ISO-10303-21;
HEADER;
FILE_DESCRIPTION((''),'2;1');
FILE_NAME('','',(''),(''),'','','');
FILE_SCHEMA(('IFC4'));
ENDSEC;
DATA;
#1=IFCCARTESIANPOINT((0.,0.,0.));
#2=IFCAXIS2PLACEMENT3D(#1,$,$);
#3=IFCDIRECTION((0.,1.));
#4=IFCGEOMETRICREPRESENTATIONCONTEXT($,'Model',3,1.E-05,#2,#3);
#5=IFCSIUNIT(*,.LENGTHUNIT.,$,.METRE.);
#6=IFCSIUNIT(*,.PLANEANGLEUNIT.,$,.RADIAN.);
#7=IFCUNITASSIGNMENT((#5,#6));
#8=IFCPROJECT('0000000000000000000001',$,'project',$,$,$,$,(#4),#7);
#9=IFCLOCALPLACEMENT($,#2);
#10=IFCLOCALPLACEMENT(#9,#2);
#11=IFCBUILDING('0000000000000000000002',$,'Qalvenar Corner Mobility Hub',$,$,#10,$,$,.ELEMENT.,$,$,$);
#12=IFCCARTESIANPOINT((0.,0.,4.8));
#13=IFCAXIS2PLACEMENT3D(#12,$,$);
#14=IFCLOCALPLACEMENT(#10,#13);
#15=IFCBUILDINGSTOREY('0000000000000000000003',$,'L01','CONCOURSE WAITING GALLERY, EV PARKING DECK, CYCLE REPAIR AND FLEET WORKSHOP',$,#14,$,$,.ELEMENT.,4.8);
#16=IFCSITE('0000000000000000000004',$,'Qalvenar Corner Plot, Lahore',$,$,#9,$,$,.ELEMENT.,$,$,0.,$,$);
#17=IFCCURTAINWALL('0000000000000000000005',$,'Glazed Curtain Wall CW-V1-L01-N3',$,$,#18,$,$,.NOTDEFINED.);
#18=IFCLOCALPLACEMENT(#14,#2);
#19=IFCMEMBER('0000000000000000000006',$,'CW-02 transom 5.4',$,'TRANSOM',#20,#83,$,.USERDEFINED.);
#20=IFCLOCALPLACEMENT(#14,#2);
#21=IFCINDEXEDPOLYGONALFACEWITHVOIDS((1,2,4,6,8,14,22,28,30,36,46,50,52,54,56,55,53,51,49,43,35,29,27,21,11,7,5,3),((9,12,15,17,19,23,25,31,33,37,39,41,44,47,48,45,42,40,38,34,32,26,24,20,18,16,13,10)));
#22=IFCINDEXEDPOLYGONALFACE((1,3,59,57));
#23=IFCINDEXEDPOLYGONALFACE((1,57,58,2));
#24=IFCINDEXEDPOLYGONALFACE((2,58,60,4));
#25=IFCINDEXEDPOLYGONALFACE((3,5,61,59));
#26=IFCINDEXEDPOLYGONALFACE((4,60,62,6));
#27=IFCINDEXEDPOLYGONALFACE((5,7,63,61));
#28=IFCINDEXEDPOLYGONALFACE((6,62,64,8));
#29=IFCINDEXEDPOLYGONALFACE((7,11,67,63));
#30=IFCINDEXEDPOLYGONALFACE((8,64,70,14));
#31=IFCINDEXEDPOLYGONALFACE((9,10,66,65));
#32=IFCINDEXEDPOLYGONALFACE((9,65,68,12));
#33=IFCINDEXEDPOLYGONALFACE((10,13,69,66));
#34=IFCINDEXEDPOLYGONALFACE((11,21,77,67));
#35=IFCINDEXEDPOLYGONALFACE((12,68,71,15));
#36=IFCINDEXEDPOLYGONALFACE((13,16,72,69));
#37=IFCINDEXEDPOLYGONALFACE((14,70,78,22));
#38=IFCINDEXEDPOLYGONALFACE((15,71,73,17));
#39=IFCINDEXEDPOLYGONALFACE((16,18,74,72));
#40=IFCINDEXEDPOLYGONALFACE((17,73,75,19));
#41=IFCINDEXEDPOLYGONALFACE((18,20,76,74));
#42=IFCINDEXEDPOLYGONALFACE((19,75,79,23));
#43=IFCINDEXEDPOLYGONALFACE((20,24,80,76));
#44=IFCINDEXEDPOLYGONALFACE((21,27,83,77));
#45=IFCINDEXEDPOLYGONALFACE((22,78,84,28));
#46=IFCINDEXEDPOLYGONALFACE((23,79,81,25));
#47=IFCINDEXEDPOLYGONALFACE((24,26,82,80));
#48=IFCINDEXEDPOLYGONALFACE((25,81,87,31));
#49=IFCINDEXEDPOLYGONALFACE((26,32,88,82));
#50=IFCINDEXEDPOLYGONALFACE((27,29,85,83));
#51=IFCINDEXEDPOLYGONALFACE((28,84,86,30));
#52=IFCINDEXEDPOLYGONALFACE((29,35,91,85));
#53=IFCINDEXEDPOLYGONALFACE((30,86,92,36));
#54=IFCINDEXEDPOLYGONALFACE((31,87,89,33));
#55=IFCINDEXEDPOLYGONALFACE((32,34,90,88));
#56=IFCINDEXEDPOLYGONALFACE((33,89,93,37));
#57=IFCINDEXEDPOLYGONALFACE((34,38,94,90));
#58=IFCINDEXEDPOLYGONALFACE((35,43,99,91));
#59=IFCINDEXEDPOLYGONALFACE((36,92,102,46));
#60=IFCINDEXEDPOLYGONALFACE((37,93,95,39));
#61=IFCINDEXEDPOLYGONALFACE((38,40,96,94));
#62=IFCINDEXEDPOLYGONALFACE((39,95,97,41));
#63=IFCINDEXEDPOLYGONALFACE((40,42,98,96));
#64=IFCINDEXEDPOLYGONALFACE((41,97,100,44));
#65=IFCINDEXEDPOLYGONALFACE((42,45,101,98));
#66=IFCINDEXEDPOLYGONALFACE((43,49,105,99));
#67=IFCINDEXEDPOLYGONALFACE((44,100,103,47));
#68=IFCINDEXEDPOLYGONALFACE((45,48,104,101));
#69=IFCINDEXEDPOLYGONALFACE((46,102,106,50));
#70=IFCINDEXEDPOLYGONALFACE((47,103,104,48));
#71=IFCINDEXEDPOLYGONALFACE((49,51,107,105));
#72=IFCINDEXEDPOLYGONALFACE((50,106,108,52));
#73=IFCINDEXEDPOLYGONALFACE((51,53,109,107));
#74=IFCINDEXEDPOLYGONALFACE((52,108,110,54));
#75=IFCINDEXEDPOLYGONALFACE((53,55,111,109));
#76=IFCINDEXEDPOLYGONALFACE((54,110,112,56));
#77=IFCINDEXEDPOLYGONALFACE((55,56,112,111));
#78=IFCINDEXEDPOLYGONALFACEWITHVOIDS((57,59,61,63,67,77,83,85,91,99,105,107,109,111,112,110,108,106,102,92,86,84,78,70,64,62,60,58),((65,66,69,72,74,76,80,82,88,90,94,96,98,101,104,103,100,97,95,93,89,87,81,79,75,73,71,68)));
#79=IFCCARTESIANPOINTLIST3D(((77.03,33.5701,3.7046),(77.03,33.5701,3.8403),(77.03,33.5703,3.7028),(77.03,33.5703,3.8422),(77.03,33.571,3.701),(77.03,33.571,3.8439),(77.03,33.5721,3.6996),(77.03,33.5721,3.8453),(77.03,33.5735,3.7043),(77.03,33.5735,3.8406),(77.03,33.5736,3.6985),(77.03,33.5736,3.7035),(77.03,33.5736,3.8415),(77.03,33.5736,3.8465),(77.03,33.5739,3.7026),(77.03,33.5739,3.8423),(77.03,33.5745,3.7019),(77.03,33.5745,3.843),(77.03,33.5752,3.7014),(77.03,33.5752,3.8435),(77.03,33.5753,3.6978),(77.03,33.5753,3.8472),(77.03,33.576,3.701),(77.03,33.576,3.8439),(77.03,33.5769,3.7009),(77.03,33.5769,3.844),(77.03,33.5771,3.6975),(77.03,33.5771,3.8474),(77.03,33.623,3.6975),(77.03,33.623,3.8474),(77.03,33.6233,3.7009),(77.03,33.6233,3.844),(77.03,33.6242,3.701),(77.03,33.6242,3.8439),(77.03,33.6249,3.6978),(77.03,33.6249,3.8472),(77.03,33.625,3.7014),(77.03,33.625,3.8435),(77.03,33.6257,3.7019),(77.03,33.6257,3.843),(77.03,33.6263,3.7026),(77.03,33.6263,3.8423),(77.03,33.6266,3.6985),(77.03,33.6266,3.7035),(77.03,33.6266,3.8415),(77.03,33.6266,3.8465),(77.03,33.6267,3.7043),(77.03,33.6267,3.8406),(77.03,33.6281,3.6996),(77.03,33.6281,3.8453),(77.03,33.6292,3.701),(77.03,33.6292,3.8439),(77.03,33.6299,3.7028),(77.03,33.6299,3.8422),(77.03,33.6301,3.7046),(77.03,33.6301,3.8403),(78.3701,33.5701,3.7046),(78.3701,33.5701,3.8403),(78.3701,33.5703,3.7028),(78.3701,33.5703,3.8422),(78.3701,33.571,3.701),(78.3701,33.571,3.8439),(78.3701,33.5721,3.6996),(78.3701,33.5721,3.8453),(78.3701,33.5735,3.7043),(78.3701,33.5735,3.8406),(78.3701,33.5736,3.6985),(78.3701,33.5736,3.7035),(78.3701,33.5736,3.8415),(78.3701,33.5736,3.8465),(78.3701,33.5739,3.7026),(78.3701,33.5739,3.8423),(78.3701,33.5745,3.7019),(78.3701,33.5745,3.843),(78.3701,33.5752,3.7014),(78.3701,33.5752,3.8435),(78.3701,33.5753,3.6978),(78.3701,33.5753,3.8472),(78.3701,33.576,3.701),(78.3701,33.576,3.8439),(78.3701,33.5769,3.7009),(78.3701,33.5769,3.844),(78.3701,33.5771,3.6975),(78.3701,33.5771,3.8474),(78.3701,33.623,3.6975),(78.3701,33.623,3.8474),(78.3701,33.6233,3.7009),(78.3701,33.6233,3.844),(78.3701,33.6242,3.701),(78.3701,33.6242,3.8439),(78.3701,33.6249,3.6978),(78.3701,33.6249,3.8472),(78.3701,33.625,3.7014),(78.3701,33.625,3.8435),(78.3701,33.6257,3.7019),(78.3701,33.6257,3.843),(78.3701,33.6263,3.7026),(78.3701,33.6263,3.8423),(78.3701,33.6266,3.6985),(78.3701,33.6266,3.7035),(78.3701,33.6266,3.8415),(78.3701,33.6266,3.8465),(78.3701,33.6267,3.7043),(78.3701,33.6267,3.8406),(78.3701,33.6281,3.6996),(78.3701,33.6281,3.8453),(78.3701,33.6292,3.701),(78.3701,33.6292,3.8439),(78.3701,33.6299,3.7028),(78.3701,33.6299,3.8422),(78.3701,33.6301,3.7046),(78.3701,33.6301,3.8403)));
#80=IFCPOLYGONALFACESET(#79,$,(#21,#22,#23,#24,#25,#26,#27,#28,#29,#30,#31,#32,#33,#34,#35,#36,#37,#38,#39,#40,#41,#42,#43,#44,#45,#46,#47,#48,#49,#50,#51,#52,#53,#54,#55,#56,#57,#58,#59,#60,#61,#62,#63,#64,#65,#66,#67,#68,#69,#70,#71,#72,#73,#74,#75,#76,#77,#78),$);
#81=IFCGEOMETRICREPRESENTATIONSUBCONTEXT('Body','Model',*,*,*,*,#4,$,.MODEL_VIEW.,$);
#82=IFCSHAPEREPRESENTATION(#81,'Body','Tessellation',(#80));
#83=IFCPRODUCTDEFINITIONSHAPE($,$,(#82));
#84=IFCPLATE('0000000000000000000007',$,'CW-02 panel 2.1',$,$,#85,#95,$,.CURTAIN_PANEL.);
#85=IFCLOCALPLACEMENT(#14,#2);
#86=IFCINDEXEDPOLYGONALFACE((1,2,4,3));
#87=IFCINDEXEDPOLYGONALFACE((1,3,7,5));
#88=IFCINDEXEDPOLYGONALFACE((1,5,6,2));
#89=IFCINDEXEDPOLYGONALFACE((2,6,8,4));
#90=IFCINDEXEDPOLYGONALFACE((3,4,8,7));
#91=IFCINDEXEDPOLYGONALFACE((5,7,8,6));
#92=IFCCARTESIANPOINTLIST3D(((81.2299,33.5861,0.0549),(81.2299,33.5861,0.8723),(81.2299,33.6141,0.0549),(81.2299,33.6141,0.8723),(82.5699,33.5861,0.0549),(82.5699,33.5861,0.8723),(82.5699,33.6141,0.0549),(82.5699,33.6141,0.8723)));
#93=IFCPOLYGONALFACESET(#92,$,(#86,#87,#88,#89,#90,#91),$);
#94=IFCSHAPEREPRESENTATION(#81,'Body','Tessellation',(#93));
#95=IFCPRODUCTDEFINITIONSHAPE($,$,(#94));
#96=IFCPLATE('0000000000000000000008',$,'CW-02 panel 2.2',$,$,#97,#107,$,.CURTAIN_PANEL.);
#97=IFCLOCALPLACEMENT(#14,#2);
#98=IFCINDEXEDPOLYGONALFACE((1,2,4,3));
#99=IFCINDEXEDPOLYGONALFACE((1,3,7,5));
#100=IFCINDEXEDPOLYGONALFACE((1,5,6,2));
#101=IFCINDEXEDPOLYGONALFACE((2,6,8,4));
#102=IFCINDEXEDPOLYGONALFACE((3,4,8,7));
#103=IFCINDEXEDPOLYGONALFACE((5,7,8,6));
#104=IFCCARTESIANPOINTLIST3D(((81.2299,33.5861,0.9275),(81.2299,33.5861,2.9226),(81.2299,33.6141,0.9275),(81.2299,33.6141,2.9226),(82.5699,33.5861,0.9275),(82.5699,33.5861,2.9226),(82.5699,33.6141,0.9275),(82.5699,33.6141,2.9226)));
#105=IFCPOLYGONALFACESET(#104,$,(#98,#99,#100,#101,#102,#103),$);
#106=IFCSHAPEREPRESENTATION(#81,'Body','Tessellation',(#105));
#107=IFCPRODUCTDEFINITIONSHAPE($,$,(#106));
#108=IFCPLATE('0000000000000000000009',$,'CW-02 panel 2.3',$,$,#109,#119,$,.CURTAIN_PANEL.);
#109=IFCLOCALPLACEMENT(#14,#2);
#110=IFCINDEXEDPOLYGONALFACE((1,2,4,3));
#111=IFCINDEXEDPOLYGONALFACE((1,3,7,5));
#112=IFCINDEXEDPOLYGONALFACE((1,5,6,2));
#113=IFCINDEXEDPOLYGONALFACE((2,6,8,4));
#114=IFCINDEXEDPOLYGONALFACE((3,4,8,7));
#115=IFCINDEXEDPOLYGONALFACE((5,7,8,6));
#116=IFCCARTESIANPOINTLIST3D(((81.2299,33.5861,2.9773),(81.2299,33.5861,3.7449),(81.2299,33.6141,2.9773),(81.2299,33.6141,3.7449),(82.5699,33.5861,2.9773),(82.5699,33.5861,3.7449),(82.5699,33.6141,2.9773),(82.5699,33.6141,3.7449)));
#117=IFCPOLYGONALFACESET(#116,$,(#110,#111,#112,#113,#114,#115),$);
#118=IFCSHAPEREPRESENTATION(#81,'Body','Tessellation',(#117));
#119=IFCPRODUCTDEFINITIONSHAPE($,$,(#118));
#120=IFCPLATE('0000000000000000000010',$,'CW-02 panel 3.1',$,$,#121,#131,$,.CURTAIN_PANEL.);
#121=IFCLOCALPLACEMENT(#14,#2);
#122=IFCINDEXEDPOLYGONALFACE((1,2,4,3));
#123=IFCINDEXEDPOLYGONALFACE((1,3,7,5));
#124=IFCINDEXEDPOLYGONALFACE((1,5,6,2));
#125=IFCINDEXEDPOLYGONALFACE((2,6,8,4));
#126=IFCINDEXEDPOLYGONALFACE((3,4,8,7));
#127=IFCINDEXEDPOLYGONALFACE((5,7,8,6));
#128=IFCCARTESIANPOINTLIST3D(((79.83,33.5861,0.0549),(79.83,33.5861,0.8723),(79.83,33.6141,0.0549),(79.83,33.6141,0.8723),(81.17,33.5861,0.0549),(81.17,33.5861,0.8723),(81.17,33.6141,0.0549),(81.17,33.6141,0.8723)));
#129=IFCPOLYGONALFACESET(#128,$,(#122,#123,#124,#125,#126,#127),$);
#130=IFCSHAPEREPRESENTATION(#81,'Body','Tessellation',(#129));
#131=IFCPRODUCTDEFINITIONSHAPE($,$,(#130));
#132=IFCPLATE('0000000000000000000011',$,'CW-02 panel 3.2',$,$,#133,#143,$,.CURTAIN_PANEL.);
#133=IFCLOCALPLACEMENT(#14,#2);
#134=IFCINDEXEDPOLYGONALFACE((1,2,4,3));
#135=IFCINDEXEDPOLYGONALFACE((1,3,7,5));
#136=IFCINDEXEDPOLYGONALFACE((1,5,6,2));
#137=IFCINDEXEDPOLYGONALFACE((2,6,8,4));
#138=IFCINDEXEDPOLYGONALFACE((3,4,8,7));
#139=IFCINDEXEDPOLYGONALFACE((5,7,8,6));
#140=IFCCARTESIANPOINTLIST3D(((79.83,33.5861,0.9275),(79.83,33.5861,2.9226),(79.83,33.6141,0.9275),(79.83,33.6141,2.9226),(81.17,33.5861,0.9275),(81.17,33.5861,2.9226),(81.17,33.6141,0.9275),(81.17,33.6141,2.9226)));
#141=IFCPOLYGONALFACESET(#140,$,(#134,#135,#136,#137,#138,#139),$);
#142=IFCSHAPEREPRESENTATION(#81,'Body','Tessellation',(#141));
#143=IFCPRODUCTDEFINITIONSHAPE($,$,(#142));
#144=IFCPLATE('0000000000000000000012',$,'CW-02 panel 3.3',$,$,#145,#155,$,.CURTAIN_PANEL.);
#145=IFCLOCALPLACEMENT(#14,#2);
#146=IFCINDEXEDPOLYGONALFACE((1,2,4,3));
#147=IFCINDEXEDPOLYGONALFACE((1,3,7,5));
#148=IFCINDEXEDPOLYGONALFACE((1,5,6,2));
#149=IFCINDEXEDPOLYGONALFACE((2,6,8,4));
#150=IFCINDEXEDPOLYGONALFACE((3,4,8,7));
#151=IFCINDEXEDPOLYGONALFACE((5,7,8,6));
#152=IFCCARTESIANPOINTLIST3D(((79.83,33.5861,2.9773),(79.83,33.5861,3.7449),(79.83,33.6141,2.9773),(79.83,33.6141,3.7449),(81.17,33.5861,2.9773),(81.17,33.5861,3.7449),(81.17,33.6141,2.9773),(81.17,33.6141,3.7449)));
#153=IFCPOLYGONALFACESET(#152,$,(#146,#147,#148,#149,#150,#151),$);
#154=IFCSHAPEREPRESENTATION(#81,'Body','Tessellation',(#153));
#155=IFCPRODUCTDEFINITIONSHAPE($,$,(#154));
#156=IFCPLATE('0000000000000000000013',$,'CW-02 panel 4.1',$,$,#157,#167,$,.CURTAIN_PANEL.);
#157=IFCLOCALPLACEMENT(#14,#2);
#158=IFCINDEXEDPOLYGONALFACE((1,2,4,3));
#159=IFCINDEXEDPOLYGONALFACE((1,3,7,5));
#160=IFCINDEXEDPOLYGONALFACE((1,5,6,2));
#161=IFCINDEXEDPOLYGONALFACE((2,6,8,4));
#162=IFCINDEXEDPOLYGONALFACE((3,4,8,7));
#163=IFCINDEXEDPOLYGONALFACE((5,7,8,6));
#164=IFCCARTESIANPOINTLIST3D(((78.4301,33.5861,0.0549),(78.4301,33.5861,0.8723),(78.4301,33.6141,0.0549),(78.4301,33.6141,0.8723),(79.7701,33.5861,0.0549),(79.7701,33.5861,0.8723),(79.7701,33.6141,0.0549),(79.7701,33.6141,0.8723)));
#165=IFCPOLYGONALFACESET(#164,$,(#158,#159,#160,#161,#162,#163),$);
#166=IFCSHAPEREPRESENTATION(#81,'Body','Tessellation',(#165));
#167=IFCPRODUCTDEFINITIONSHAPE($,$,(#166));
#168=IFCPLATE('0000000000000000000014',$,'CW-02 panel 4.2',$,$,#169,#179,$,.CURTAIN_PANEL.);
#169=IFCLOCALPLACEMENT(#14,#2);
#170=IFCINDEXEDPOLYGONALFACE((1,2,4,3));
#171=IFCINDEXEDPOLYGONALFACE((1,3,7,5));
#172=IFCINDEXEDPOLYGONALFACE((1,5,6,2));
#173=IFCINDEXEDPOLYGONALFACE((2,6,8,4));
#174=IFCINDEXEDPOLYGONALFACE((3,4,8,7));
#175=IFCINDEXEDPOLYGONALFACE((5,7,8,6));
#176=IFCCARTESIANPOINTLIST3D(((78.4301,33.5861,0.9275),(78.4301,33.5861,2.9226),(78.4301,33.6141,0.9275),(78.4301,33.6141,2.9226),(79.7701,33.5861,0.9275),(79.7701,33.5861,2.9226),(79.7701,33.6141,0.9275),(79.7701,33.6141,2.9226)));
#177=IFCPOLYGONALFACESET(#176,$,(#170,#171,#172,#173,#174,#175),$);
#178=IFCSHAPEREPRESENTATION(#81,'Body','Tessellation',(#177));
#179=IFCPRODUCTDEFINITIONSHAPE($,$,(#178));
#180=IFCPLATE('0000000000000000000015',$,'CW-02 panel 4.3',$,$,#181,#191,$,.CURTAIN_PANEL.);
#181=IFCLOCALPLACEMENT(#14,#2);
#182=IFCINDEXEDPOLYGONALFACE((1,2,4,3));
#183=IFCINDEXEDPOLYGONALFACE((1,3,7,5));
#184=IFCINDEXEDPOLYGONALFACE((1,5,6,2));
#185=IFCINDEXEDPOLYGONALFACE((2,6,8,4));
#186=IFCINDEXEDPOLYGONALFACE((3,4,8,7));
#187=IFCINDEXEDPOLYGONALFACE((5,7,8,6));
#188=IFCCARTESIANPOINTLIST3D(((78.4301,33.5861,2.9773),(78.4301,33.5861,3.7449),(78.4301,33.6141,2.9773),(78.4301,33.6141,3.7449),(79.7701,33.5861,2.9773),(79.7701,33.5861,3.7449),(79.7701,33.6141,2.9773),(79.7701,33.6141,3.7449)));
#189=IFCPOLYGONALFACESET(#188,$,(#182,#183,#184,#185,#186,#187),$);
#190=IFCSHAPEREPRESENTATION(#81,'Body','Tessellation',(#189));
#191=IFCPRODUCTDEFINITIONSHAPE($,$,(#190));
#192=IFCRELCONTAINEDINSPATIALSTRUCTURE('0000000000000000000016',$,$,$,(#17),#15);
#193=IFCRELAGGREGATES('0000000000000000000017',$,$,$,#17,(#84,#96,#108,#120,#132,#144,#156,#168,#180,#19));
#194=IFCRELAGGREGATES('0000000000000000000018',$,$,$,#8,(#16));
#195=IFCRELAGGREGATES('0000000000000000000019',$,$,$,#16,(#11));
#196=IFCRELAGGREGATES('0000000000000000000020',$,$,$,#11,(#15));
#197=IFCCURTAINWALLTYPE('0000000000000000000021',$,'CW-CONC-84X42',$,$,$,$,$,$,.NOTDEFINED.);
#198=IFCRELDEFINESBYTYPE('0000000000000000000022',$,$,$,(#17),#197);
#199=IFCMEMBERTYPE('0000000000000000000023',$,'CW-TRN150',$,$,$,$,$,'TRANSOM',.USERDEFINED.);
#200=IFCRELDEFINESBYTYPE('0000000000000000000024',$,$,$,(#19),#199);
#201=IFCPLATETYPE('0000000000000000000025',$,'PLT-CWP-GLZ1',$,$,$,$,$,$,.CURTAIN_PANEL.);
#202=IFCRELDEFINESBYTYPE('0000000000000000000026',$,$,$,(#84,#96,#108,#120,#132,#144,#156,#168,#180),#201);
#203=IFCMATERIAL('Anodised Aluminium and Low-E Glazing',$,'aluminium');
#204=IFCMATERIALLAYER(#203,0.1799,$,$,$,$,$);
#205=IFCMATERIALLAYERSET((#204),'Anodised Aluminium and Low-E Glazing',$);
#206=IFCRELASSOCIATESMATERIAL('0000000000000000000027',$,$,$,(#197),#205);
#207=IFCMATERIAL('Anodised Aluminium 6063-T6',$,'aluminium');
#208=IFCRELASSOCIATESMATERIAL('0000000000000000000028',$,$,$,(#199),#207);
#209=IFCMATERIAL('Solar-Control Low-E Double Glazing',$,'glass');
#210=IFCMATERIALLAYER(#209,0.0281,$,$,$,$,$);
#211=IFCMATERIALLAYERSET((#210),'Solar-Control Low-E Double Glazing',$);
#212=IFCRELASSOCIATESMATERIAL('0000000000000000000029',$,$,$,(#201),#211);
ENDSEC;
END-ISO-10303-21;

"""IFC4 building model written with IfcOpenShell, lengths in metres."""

from ifc_helpers import new_model, si_unit, direction, frame, origin, origin_2d, place, context, subcontext, project, spatial, rectangle, hollow_rectangle, extrude, material, layer, layer_set, material_profile, profile_set, type_object, element, aggregate, save


model = new_model("IFC4")

# Units and contexts
model_context = context("Model", 3, precision=1e-05, world=origin(), true_north=direction((0.0, 1.0)))
body_context = subcontext(model_context, "Body", "Model", "MODEL_VIEW")
ifc_project = project(units=[si_unit("LENGTHUNIT", "METRE"), si_unit("PLANEANGLEUNIT", "RADIAN")], contexts=[model_context])

# Site, building, storey
site_placement = place(None, origin())
site = spatial("IfcSite", under=ifc_project, at=site_placement, Name="Qalvenar Corner Plot, Lahore", CompositionType="ELEMENT", RefElevation=0.0)
building_placement = place(site_placement, origin())
building = spatial("IfcBuilding", under=site, at=building_placement, Name="Qalvenar Corner Mobility Hub", CompositionType="ELEMENT")
storey_placement = place(building_placement, frame((0.0, 0.0, 4.8)))
storey = spatial("IfcBuildingStorey", under=building, at=storey_placement, Name="L01", Description="CONCOURSE WAITING GALLERY, EV PARKING DECK, CYCLE REPAIR AND FLEET WORKSHOP", CompositionType="ELEMENT", Elevation=4.8)

# Curtain wall, member, plates
ifc_material_1 = material(Name="Anodised Aluminium and Low-E Glazing", Category="aluminium")
ifc_layer_1 = layer(ifc_material_1, 0.1799)
ifc_layer_set_1 = layer_set([ifc_layer_1], Name="Anodised Aluminium and Low-E Glazing")
curtain_wall_type = type_object("IfcCurtainWallType", Name="CW-CONC-84X42", PredefinedType="NOTDEFINED", material=ifc_layer_set_1)
curtain_wall_placement = place(storey_placement, origin())
curtain_wall = element("IfcCurtainWall", 1, at=curtain_wall_placement, inside=storey, type_object=curtain_wall_type, Name="Glazed Curtain Wall CW-V1-L01-N3", PredefinedType="NOTDEFINED")
ifc_material_2 = material(Name="Anodised Aluminium 6063-T6", Category="aluminium")
ifc_material_profile_1 = material_profile(ifc_material_2, hollow_rectangle(XDim=0.0601, YDim=0.1499, WallThickness=0.0034, InnerFilletRadius=0.0034, OuterFilletRadius=0.0071, at=origin_2d()), Name="RHS150x60x3.5")
ifc_profile_set_1 = profile_set([ifc_material_profile_1], Name="Anodised Aluminium 6063-T6")
member_type_1 = type_object("IfcMemberType", Name="CW-TRN150", ElementType="TRANSOM", PredefinedType="USERDEFINED", material=ifc_profile_set_1)
member_1_placement = place(storey_placement, frame((78.3701, 33.6001, 3.7725), z_axis=(-1.0, 0.0, 0.0), x_axis=(0.0, -1.0, 0.0)))
member_1 = element("IfcMember", 2, at=member_1_placement, type_object=member_type_1, Name="CW-02 transom 5.4", ObjectType="TRANSOM", PredefinedType="USERDEFINED", context=body_context, shape_type="SweptSolid", body=[
    extrude(hollow_rectangle(XDim=0.0601, YDim=0.1499, WallThickness=0.0034, InnerFilletRadius=0.0034, OuterFilletRadius=0.0071, at=origin_2d()), origin(), (0.0, 0.0, 1.0), 1.3401),
])
ifc_material_3 = material(Name="Solar-Control Low-E Double Glazing", Category="glass")
ifc_layer_2 = layer(ifc_material_3, 0.0281)
ifc_layer_set_2 = layer_set([ifc_layer_2], Name="Solar-Control Low-E Double Glazing")
plate_type = type_object("IfcPlateType", Name="PLT-CWP-GLZ1", PredefinedType="CURTAIN_PANEL", material=ifc_layer_set_2)
plate_1_placement = place(storey_placement, frame((81.8999, 33.6001, 0.0549), z_axis=(0.0, 0.0, 1.0), x_axis=(-1.0, 0.0, 0.0)))
plate_1 = element("IfcPlate", 3, at=plate_1_placement, type_object=plate_type, Name="CW-02 panel 2.1", PredefinedType="CURTAIN_PANEL", context=body_context, shape_type="SweptSolid", body=[
    extrude(rectangle(XDim=1.3401, YDim=0.0281, at=origin_2d()), origin(), (0.0, 0.0, 1.0), 0.8174),
])
plate_2_placement = place(storey_placement, frame((81.8999, 33.6001, 0.9275), z_axis=(0.0, 0.0, 1.0), x_axis=(-1.0, 0.0, 0.0)))
plate_2 = element("IfcPlate", 4, at=plate_2_placement, type_object=plate_type, Name="CW-02 panel 2.2", PredefinedType="CURTAIN_PANEL", context=body_context, shape_type="SweptSolid", body=[
    extrude(rectangle(XDim=1.3401, YDim=0.0281, at=origin_2d()), origin(), (0.0, 0.0, 1.0), 1.9951),
])
plate_3_placement = place(storey_placement, frame((81.8999, 33.6001, 2.9773), z_axis=(0.0, 0.0, 1.0), x_axis=(-1.0, 0.0, 0.0)))
plate_3 = element("IfcPlate", 5, at=plate_3_placement, type_object=plate_type, Name="CW-02 panel 2.3", PredefinedType="CURTAIN_PANEL", context=body_context, shape_type="SweptSolid", body=[
    extrude(rectangle(XDim=1.3401, YDim=0.0281, at=origin_2d()), origin(), (0.0, 0.0, 1.0), 0.7676),
])
plate_4_placement = place(storey_placement, frame((80.5, 33.6001, 0.0549), z_axis=(0.0, 0.0, 1.0), x_axis=(-1.0, 0.0, 0.0)))
plate_4 = element("IfcPlate", 6, at=plate_4_placement, type_object=plate_type, Name="CW-02 panel 3.1", PredefinedType="CURTAIN_PANEL", context=body_context, shape_type="SweptSolid", body=[
    extrude(rectangle(XDim=1.3401, YDim=0.0281, at=origin_2d()), origin(), (0.0, 0.0, 1.0), 0.8174),
])
plate_5_placement = place(storey_placement, frame((80.5, 33.6001, 0.9275), z_axis=(0.0, 0.0, 1.0), x_axis=(-1.0, 0.0, 0.0)))
plate_5 = element("IfcPlate", 7, at=plate_5_placement, type_object=plate_type, Name="CW-02 panel 3.2", PredefinedType="CURTAIN_PANEL", context=body_context, shape_type="SweptSolid", body=[
    extrude(rectangle(XDim=1.3401, YDim=0.0281, at=origin_2d()), origin(), (0.0, 0.0, 1.0), 1.9951),
])
plate_6_placement = place(storey_placement, frame((80.5, 33.6001, 2.9773), z_axis=(0.0, 0.0, 1.0), x_axis=(-1.0, 0.0, 0.0)))
plate_6 = element("IfcPlate", 8, at=plate_6_placement, type_object=plate_type, Name="CW-02 panel 3.3", PredefinedType="CURTAIN_PANEL", context=body_context, shape_type="SweptSolid", body=[
    extrude(rectangle(XDim=1.3401, YDim=0.0281, at=origin_2d()), origin(), (0.0, 0.0, 1.0), 0.7676),
])
plate_7_placement = place(storey_placement, frame((79.1001, 33.6001, 0.0549), z_axis=(0.0, 0.0, 1.0), x_axis=(-1.0, 0.0, 0.0)))
plate_7 = element("IfcPlate", 9, at=plate_7_placement, type_object=plate_type, Name="CW-02 panel 4.1", PredefinedType="CURTAIN_PANEL", context=body_context, shape_type="SweptSolid", body=[
    extrude(rectangle(XDim=1.3401, YDim=0.0281, at=origin_2d()), origin(), (0.0, 0.0, 1.0), 0.8174),
])
plate_8_placement = place(storey_placement, frame((79.1001, 33.6001, 0.9275), z_axis=(0.0, 0.0, 1.0), x_axis=(-1.0, 0.0, 0.0)))
plate_8 = element("IfcPlate", 10, at=plate_8_placement, type_object=plate_type, Name="CW-02 panel 4.2", PredefinedType="CURTAIN_PANEL", context=body_context, shape_type="SweptSolid", body=[
    extrude(rectangle(XDim=1.3401, YDim=0.0281, at=origin_2d()), origin(), (0.0, 0.0, 1.0), 1.9951),
])
plate_9_placement = place(storey_placement, frame((79.1001, 33.6001, 2.9773), z_axis=(0.0, 0.0, 1.0), x_axis=(-1.0, 0.0, 0.0)))
plate_9 = element("IfcPlate", 11, at=plate_9_placement, type_object=plate_type, Name="CW-02 panel 4.3", PredefinedType="CURTAIN_PANEL", context=body_context, shape_type="SweptSolid", body=[
    extrude(rectangle(XDim=1.3401, YDim=0.0281, at=origin_2d()), origin(), (0.0, 0.0, 1.0), 0.7676),
])
aggregate(curtain_wall, [plate_1, plate_2, plate_3, plate_4, plate_5, plate_6, plate_7, plate_8, plate_9, member_1])

save(model, "model.ifc")
